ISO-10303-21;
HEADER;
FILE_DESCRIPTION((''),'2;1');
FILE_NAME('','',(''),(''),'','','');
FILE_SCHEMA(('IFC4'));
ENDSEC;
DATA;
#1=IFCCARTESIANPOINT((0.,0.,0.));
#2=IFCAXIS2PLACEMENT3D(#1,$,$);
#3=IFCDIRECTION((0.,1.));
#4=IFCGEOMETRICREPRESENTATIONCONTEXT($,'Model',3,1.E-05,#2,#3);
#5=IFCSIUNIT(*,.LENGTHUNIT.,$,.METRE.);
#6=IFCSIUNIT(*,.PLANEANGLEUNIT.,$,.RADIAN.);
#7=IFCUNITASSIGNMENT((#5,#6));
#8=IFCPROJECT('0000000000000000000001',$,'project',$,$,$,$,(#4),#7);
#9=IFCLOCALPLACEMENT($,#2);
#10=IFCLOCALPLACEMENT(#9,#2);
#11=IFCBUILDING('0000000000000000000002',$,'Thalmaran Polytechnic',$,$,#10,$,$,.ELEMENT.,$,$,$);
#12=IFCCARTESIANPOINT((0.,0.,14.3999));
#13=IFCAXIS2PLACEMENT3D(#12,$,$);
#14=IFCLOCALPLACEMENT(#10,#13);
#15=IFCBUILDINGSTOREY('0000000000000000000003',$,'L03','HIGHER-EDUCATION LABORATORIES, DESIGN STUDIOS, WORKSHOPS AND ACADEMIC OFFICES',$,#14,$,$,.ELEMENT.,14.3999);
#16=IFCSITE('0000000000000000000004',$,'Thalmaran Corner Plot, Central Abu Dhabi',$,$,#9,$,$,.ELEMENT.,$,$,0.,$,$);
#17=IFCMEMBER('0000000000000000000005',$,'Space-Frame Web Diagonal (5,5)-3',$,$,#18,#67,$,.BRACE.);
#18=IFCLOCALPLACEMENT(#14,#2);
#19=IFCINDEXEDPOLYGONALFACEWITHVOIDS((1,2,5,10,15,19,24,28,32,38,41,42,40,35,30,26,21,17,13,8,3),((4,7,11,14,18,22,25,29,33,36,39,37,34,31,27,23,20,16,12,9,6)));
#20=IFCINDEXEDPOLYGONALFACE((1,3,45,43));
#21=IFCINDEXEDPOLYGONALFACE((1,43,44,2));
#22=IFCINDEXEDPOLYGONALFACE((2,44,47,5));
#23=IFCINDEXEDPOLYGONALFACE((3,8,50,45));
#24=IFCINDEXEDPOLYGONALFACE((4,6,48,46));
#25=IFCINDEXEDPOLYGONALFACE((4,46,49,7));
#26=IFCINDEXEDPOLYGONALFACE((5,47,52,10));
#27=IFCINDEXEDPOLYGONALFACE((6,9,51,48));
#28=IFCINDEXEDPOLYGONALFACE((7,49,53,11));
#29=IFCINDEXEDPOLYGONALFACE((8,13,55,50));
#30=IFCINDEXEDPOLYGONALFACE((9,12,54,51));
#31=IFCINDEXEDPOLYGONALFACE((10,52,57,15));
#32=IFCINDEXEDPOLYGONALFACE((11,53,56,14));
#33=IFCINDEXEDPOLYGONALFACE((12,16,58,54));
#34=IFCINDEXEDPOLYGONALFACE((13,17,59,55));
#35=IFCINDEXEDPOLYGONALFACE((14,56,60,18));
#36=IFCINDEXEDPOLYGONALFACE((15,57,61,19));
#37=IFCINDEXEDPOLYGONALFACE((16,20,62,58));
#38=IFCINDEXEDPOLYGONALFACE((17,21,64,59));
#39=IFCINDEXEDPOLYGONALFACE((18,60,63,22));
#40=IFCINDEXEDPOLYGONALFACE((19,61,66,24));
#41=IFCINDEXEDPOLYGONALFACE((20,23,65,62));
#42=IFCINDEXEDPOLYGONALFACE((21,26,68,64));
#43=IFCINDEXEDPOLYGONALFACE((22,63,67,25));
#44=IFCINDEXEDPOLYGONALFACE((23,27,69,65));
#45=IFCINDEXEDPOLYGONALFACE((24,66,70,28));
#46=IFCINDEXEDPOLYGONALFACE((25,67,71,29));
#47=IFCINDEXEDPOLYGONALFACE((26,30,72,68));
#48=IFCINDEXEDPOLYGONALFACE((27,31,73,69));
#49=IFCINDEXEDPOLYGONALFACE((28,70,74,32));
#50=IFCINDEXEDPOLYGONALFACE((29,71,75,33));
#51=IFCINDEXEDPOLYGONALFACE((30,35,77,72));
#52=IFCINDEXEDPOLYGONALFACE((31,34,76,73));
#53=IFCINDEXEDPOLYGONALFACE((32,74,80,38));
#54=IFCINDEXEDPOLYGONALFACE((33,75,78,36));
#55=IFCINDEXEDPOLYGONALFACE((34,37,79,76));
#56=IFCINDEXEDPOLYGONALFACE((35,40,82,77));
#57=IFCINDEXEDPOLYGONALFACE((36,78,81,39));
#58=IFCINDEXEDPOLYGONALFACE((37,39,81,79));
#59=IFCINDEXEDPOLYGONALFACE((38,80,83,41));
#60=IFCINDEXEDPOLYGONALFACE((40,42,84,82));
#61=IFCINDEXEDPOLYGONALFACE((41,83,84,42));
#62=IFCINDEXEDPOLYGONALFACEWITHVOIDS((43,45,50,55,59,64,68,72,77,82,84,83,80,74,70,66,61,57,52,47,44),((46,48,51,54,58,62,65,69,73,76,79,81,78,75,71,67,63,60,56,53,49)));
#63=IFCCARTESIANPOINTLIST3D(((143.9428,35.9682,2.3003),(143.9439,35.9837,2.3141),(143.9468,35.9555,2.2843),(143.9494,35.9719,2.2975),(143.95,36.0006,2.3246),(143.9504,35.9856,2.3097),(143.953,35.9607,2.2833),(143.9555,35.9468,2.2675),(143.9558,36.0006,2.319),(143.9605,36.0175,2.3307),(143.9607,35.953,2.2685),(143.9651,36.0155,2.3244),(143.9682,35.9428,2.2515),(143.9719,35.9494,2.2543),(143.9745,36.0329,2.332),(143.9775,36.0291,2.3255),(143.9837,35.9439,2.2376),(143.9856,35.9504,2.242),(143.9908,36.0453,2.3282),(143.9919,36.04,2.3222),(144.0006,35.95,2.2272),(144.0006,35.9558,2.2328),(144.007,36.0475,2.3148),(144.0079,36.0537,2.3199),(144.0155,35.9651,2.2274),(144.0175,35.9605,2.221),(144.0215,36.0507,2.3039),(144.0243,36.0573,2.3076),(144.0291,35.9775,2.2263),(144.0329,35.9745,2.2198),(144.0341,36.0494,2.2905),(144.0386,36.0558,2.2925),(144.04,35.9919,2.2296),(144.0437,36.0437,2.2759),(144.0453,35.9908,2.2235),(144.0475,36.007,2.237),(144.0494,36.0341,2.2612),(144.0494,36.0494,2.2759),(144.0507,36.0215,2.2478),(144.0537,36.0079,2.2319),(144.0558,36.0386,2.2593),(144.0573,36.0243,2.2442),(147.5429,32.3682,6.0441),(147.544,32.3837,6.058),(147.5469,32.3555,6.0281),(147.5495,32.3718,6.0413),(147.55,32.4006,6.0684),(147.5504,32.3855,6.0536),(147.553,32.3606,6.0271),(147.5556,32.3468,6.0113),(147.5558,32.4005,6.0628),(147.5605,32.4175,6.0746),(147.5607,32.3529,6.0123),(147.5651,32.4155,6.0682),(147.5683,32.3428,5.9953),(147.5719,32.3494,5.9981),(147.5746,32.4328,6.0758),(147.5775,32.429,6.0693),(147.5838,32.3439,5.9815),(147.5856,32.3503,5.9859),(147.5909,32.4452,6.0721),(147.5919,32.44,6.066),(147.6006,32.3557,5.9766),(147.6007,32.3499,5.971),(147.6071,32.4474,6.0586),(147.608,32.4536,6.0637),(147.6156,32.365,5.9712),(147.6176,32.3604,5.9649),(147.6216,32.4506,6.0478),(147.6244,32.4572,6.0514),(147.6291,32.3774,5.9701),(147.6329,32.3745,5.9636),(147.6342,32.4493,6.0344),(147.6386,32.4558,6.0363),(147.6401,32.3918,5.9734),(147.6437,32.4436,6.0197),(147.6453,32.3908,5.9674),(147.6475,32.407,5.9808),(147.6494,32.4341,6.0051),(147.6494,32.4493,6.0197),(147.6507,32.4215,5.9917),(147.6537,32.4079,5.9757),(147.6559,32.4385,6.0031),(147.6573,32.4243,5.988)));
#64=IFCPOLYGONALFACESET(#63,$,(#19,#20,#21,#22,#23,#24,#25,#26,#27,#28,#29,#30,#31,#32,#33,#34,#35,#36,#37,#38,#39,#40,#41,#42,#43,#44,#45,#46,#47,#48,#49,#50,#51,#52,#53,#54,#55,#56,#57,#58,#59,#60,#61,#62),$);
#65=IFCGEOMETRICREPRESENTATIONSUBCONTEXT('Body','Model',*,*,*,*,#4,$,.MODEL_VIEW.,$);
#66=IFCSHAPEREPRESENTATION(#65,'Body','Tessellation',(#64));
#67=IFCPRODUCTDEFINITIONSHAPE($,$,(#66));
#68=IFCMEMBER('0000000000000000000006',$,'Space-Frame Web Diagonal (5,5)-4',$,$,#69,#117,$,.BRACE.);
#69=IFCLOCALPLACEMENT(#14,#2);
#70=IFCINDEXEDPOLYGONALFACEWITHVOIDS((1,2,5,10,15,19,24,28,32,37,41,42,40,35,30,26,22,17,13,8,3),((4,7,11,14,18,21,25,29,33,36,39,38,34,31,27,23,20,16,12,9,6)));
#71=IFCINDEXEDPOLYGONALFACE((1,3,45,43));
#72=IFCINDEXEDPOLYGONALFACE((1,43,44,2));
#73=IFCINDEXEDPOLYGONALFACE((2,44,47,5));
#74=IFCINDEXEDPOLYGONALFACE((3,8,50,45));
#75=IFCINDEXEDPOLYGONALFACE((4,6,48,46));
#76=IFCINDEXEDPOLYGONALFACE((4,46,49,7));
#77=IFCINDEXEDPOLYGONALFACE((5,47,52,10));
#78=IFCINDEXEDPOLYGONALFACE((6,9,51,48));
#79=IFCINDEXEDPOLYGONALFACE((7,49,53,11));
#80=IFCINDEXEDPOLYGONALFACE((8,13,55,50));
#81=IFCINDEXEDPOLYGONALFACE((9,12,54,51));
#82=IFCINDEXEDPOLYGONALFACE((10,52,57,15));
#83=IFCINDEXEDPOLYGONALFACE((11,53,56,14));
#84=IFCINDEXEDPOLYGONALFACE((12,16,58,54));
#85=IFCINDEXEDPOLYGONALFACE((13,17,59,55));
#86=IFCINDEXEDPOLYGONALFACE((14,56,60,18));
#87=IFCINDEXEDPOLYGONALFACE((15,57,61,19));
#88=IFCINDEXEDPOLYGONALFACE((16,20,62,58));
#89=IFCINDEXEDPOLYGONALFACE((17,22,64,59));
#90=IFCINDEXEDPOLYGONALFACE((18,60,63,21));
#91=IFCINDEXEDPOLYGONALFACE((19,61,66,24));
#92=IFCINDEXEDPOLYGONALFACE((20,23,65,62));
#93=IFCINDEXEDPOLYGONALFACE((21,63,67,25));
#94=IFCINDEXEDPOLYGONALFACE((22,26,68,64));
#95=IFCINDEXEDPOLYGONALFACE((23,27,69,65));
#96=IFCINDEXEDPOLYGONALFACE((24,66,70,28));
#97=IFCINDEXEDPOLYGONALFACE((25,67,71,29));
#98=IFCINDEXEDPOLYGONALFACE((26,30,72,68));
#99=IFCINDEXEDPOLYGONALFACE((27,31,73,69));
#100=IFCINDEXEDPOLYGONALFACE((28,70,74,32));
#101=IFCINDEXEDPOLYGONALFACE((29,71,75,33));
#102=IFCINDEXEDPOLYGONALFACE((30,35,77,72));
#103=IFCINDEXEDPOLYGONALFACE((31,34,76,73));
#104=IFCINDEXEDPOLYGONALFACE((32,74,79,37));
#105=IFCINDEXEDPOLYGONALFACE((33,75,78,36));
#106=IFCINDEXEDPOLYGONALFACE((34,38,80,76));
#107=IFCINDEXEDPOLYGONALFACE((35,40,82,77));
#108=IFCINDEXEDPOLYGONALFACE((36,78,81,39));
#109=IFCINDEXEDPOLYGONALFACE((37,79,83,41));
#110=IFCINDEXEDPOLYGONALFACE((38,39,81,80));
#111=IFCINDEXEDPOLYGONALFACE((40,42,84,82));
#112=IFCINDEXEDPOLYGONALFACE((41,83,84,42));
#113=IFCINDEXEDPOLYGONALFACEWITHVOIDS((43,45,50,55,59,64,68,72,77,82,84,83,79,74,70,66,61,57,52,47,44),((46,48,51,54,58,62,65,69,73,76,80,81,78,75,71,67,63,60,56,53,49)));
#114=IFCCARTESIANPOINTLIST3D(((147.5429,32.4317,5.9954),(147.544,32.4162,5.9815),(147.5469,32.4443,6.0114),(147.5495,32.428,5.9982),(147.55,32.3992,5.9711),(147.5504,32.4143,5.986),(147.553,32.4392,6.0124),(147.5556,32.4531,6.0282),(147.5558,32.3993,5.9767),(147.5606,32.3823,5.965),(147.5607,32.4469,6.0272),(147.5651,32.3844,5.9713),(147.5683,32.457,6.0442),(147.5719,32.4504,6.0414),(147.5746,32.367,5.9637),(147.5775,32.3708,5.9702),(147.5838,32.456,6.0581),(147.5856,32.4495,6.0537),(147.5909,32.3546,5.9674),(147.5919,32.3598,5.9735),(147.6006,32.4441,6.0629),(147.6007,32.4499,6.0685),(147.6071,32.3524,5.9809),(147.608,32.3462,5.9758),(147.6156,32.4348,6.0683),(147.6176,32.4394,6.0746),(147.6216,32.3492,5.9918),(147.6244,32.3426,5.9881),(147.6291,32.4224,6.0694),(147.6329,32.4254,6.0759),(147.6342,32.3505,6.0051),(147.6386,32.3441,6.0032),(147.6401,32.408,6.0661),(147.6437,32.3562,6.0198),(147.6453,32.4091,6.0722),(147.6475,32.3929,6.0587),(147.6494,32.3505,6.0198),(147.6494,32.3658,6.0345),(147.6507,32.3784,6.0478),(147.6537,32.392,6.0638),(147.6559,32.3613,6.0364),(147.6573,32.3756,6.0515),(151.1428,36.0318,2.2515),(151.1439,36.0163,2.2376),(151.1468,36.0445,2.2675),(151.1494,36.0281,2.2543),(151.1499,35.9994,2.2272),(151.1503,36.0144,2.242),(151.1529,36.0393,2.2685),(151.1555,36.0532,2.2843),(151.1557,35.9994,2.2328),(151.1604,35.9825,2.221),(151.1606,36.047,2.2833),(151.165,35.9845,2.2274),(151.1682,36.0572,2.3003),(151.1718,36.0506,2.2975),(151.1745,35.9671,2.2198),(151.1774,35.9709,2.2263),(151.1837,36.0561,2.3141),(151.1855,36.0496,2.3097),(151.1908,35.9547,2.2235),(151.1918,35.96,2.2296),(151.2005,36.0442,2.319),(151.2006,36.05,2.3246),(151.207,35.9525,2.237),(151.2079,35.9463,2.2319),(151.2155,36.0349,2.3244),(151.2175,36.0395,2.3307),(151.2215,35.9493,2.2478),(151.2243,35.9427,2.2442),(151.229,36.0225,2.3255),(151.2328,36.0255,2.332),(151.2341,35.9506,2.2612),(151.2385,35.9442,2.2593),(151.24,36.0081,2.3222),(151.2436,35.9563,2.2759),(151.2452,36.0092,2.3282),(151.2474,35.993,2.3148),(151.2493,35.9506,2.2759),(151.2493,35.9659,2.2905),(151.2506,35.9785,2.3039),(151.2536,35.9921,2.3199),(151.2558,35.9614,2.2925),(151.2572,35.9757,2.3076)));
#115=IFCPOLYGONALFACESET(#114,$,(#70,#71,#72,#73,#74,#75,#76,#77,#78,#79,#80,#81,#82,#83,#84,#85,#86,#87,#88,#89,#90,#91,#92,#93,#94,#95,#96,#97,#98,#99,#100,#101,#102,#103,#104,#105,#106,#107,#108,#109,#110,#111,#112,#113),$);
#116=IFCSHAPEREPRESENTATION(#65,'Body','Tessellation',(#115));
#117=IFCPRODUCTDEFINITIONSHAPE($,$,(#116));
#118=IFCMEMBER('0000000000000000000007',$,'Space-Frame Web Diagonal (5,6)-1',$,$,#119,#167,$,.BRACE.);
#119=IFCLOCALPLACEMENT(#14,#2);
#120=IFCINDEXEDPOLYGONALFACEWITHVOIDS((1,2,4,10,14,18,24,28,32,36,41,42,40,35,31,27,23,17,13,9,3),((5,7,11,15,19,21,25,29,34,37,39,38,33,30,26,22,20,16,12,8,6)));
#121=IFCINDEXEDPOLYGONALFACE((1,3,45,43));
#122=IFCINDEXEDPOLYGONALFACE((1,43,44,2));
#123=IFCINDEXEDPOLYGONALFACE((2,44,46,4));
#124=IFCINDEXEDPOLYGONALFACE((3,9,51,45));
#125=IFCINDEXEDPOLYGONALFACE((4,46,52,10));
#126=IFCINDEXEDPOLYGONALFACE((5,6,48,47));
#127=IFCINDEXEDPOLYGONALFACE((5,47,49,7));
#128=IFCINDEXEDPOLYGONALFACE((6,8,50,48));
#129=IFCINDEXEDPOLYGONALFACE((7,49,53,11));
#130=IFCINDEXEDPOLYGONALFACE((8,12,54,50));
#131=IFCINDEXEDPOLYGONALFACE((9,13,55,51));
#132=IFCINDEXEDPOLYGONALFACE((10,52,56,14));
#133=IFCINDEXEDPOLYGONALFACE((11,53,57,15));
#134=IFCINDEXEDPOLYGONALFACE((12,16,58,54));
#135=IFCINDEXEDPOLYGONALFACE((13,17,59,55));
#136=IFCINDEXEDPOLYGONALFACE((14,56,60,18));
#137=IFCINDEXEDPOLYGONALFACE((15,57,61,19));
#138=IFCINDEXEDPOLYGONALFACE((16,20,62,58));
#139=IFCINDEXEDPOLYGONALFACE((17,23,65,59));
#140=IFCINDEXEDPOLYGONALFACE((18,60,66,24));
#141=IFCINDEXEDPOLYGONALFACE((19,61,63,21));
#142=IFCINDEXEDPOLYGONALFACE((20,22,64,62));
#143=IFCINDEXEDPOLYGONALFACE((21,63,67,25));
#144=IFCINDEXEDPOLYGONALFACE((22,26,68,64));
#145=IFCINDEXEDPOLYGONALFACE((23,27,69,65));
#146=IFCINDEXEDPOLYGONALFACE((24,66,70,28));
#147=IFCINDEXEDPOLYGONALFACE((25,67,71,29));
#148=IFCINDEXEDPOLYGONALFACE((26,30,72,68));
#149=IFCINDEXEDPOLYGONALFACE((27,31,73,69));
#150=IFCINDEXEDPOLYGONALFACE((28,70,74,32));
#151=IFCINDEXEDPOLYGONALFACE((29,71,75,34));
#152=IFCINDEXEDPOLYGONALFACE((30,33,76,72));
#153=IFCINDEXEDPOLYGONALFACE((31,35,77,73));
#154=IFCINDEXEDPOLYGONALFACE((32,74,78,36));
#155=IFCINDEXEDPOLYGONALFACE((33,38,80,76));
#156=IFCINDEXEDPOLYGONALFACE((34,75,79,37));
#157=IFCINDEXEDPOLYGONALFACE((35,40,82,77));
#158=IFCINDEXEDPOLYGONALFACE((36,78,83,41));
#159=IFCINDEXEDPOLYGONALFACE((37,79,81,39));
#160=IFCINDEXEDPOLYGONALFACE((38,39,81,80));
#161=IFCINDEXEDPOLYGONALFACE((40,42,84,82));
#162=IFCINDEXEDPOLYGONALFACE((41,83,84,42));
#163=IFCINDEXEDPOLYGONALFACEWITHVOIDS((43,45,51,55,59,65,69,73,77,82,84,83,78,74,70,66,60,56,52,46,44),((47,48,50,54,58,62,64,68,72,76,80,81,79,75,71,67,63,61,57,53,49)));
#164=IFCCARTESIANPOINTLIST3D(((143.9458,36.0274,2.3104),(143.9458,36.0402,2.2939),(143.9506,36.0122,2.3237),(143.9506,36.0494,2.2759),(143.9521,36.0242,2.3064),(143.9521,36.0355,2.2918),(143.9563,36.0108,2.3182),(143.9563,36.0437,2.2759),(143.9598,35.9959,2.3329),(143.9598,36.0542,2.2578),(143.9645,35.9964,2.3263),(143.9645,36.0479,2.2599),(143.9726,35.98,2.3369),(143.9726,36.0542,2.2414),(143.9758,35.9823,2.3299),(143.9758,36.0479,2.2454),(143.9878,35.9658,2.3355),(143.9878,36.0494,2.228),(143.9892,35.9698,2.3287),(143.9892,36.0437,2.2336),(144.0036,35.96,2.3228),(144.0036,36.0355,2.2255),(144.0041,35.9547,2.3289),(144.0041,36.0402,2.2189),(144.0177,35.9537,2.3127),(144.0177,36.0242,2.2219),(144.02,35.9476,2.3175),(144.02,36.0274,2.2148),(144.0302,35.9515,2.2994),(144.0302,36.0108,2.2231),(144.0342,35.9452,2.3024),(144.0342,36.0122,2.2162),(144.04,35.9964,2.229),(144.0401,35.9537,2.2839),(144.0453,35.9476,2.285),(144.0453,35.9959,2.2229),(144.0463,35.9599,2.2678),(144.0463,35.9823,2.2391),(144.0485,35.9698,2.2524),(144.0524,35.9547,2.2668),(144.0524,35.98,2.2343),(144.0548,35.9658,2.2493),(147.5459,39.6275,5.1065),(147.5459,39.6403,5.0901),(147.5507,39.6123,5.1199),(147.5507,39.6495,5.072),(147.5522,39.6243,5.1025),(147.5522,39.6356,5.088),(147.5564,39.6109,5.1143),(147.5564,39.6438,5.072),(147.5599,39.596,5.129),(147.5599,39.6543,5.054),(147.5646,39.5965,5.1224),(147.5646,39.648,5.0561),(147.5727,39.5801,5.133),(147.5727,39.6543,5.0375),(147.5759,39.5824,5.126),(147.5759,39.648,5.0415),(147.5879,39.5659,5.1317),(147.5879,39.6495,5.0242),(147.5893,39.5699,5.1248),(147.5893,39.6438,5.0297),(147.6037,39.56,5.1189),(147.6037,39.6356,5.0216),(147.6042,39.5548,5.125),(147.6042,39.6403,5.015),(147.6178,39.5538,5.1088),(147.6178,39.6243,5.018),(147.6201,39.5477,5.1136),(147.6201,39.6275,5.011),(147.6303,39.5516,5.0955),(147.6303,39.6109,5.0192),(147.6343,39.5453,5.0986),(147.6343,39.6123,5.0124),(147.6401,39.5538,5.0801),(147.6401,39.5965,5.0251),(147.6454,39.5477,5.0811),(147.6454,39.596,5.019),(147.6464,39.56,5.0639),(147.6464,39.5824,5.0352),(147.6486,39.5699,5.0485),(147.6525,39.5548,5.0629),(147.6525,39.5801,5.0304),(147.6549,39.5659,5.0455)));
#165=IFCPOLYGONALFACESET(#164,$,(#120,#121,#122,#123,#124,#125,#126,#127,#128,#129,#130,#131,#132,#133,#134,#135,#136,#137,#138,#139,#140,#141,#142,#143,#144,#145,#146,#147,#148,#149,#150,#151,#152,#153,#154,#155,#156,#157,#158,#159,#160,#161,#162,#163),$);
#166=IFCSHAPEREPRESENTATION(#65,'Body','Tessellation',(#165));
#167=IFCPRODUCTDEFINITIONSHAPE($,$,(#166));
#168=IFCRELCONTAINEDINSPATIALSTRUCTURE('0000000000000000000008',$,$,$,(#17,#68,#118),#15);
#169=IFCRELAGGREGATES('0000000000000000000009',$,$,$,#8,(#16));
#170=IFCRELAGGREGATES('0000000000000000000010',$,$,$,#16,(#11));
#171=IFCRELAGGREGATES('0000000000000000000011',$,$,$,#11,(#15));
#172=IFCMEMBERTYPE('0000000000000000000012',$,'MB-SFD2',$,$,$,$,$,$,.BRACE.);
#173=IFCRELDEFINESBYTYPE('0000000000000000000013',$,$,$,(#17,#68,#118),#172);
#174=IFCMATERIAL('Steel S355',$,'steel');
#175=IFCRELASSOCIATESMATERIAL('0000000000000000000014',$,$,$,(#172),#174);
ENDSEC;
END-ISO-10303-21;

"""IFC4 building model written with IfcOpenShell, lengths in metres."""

from ifc_helpers import new_model, si_unit, direction, frame, origin, origin_2d, place, context, subcontext, project, spatial, hollow_circle, extrude, material, material_profile, profile_set, type_object, element, save


model = new_model("IFC4")

# Units and contexts
model_context = context("Model", 3, precision=1e-05, world=origin(), true_north=direction((0.0, 1.0)))
body_context = subcontext(model_context, "Body", "Model", "MODEL_VIEW")
ifc_project = project(units=[si_unit("LENGTHUNIT", "METRE"), si_unit("PLANEANGLEUNIT", "RADIAN")], contexts=[model_context])

# Site, building, storey
site_placement = place(None, origin())
site = spatial("IfcSite", under=ifc_project, at=site_placement, Name="Thalmaran Corner Plot, Central Abu Dhabi", CompositionType="ELEMENT", RefElevation=0.0)
building_placement = place(site_placement, origin())
building = spatial("IfcBuilding", under=site, at=building_placement, Name="Thalmaran Polytechnic", CompositionType="ELEMENT")
storey_placement = place(building_placement, frame((0.0, 0.0, 14.3999)))
storey = spatial("IfcBuildingStorey", under=building, at=storey_placement, Name="L03", Description="HIGHER-EDUCATION LABORATORIES, DESIGN STUDIOS, WORKSHOPS AND ACADEMIC OFFICES", CompositionType="ELEMENT", Elevation=14.3999)

# Members
ifc_material = material(Name="Steel S355", Category="steel")
ifc_material_profile_1 = material_profile(ifc_material, hollow_circle(Radius=0.0698, WallThickness=0.0081, at=origin_2d()), Name="CHS 139.7x8.0")
ifc_profile_set_1 = profile_set([ifc_material_profile_1], Name="Steel S355")
member_type_1 = type_object("IfcMemberType", Name="MB-SFD2", PredefinedType="BRACE", material=ifc_profile_set_1)
for number, where, z_axis, x_axis, name in (
    (1, (144.0, 36.0, 2.2759), (0.569666, -0.569666, 0.59242), (0.707107, 0.707107, 0.0), "Space-Frame Web Diagonal (5,5)-3"),
    (2, (151.2, 36.0, 2.2759), (-0.56964, -0.569678, 0.592433), (0.707131, -0.707083, 0.0), "Space-Frame Web Diagonal (5,5)-4"),
):
    element("IfcMember", number, at=place(storey_placement, frame(where, z_axis=z_axis, x_axis=x_axis)), inside=storey, type_object=member_type_1, Name=name, PredefinedType="BRACE", context=body_context, shape_type="SweptSolid", body=[
        extrude(hollow_circle(Radius=0.0698, WallThickness=0.0081, at=origin_2d()), origin(), (0.0, 0.0, 1.0), 6.3196),
    ])
member_1_placement = place(storey_placement, frame((144.0, 36.0, 2.2759), z_axis=(0.619788, 0.619788, 0.48138), x_axis=(-0.707107, 0.707107, 0.0)))
element("IfcMember", 3, at=member_1_placement, inside=storey, type_object=member_type_1, Name="Space-Frame Web Diagonal (5,6)-1", PredefinedType="BRACE", context=body_context, shape_type="SweptSolid", body=[
    extrude(hollow_circle(Radius=0.0698, WallThickness=0.0081, at=origin_2d()), origin(), (0.0, 0.0, 1.0), 5.8086),
])

save(model, "model.ifc")
